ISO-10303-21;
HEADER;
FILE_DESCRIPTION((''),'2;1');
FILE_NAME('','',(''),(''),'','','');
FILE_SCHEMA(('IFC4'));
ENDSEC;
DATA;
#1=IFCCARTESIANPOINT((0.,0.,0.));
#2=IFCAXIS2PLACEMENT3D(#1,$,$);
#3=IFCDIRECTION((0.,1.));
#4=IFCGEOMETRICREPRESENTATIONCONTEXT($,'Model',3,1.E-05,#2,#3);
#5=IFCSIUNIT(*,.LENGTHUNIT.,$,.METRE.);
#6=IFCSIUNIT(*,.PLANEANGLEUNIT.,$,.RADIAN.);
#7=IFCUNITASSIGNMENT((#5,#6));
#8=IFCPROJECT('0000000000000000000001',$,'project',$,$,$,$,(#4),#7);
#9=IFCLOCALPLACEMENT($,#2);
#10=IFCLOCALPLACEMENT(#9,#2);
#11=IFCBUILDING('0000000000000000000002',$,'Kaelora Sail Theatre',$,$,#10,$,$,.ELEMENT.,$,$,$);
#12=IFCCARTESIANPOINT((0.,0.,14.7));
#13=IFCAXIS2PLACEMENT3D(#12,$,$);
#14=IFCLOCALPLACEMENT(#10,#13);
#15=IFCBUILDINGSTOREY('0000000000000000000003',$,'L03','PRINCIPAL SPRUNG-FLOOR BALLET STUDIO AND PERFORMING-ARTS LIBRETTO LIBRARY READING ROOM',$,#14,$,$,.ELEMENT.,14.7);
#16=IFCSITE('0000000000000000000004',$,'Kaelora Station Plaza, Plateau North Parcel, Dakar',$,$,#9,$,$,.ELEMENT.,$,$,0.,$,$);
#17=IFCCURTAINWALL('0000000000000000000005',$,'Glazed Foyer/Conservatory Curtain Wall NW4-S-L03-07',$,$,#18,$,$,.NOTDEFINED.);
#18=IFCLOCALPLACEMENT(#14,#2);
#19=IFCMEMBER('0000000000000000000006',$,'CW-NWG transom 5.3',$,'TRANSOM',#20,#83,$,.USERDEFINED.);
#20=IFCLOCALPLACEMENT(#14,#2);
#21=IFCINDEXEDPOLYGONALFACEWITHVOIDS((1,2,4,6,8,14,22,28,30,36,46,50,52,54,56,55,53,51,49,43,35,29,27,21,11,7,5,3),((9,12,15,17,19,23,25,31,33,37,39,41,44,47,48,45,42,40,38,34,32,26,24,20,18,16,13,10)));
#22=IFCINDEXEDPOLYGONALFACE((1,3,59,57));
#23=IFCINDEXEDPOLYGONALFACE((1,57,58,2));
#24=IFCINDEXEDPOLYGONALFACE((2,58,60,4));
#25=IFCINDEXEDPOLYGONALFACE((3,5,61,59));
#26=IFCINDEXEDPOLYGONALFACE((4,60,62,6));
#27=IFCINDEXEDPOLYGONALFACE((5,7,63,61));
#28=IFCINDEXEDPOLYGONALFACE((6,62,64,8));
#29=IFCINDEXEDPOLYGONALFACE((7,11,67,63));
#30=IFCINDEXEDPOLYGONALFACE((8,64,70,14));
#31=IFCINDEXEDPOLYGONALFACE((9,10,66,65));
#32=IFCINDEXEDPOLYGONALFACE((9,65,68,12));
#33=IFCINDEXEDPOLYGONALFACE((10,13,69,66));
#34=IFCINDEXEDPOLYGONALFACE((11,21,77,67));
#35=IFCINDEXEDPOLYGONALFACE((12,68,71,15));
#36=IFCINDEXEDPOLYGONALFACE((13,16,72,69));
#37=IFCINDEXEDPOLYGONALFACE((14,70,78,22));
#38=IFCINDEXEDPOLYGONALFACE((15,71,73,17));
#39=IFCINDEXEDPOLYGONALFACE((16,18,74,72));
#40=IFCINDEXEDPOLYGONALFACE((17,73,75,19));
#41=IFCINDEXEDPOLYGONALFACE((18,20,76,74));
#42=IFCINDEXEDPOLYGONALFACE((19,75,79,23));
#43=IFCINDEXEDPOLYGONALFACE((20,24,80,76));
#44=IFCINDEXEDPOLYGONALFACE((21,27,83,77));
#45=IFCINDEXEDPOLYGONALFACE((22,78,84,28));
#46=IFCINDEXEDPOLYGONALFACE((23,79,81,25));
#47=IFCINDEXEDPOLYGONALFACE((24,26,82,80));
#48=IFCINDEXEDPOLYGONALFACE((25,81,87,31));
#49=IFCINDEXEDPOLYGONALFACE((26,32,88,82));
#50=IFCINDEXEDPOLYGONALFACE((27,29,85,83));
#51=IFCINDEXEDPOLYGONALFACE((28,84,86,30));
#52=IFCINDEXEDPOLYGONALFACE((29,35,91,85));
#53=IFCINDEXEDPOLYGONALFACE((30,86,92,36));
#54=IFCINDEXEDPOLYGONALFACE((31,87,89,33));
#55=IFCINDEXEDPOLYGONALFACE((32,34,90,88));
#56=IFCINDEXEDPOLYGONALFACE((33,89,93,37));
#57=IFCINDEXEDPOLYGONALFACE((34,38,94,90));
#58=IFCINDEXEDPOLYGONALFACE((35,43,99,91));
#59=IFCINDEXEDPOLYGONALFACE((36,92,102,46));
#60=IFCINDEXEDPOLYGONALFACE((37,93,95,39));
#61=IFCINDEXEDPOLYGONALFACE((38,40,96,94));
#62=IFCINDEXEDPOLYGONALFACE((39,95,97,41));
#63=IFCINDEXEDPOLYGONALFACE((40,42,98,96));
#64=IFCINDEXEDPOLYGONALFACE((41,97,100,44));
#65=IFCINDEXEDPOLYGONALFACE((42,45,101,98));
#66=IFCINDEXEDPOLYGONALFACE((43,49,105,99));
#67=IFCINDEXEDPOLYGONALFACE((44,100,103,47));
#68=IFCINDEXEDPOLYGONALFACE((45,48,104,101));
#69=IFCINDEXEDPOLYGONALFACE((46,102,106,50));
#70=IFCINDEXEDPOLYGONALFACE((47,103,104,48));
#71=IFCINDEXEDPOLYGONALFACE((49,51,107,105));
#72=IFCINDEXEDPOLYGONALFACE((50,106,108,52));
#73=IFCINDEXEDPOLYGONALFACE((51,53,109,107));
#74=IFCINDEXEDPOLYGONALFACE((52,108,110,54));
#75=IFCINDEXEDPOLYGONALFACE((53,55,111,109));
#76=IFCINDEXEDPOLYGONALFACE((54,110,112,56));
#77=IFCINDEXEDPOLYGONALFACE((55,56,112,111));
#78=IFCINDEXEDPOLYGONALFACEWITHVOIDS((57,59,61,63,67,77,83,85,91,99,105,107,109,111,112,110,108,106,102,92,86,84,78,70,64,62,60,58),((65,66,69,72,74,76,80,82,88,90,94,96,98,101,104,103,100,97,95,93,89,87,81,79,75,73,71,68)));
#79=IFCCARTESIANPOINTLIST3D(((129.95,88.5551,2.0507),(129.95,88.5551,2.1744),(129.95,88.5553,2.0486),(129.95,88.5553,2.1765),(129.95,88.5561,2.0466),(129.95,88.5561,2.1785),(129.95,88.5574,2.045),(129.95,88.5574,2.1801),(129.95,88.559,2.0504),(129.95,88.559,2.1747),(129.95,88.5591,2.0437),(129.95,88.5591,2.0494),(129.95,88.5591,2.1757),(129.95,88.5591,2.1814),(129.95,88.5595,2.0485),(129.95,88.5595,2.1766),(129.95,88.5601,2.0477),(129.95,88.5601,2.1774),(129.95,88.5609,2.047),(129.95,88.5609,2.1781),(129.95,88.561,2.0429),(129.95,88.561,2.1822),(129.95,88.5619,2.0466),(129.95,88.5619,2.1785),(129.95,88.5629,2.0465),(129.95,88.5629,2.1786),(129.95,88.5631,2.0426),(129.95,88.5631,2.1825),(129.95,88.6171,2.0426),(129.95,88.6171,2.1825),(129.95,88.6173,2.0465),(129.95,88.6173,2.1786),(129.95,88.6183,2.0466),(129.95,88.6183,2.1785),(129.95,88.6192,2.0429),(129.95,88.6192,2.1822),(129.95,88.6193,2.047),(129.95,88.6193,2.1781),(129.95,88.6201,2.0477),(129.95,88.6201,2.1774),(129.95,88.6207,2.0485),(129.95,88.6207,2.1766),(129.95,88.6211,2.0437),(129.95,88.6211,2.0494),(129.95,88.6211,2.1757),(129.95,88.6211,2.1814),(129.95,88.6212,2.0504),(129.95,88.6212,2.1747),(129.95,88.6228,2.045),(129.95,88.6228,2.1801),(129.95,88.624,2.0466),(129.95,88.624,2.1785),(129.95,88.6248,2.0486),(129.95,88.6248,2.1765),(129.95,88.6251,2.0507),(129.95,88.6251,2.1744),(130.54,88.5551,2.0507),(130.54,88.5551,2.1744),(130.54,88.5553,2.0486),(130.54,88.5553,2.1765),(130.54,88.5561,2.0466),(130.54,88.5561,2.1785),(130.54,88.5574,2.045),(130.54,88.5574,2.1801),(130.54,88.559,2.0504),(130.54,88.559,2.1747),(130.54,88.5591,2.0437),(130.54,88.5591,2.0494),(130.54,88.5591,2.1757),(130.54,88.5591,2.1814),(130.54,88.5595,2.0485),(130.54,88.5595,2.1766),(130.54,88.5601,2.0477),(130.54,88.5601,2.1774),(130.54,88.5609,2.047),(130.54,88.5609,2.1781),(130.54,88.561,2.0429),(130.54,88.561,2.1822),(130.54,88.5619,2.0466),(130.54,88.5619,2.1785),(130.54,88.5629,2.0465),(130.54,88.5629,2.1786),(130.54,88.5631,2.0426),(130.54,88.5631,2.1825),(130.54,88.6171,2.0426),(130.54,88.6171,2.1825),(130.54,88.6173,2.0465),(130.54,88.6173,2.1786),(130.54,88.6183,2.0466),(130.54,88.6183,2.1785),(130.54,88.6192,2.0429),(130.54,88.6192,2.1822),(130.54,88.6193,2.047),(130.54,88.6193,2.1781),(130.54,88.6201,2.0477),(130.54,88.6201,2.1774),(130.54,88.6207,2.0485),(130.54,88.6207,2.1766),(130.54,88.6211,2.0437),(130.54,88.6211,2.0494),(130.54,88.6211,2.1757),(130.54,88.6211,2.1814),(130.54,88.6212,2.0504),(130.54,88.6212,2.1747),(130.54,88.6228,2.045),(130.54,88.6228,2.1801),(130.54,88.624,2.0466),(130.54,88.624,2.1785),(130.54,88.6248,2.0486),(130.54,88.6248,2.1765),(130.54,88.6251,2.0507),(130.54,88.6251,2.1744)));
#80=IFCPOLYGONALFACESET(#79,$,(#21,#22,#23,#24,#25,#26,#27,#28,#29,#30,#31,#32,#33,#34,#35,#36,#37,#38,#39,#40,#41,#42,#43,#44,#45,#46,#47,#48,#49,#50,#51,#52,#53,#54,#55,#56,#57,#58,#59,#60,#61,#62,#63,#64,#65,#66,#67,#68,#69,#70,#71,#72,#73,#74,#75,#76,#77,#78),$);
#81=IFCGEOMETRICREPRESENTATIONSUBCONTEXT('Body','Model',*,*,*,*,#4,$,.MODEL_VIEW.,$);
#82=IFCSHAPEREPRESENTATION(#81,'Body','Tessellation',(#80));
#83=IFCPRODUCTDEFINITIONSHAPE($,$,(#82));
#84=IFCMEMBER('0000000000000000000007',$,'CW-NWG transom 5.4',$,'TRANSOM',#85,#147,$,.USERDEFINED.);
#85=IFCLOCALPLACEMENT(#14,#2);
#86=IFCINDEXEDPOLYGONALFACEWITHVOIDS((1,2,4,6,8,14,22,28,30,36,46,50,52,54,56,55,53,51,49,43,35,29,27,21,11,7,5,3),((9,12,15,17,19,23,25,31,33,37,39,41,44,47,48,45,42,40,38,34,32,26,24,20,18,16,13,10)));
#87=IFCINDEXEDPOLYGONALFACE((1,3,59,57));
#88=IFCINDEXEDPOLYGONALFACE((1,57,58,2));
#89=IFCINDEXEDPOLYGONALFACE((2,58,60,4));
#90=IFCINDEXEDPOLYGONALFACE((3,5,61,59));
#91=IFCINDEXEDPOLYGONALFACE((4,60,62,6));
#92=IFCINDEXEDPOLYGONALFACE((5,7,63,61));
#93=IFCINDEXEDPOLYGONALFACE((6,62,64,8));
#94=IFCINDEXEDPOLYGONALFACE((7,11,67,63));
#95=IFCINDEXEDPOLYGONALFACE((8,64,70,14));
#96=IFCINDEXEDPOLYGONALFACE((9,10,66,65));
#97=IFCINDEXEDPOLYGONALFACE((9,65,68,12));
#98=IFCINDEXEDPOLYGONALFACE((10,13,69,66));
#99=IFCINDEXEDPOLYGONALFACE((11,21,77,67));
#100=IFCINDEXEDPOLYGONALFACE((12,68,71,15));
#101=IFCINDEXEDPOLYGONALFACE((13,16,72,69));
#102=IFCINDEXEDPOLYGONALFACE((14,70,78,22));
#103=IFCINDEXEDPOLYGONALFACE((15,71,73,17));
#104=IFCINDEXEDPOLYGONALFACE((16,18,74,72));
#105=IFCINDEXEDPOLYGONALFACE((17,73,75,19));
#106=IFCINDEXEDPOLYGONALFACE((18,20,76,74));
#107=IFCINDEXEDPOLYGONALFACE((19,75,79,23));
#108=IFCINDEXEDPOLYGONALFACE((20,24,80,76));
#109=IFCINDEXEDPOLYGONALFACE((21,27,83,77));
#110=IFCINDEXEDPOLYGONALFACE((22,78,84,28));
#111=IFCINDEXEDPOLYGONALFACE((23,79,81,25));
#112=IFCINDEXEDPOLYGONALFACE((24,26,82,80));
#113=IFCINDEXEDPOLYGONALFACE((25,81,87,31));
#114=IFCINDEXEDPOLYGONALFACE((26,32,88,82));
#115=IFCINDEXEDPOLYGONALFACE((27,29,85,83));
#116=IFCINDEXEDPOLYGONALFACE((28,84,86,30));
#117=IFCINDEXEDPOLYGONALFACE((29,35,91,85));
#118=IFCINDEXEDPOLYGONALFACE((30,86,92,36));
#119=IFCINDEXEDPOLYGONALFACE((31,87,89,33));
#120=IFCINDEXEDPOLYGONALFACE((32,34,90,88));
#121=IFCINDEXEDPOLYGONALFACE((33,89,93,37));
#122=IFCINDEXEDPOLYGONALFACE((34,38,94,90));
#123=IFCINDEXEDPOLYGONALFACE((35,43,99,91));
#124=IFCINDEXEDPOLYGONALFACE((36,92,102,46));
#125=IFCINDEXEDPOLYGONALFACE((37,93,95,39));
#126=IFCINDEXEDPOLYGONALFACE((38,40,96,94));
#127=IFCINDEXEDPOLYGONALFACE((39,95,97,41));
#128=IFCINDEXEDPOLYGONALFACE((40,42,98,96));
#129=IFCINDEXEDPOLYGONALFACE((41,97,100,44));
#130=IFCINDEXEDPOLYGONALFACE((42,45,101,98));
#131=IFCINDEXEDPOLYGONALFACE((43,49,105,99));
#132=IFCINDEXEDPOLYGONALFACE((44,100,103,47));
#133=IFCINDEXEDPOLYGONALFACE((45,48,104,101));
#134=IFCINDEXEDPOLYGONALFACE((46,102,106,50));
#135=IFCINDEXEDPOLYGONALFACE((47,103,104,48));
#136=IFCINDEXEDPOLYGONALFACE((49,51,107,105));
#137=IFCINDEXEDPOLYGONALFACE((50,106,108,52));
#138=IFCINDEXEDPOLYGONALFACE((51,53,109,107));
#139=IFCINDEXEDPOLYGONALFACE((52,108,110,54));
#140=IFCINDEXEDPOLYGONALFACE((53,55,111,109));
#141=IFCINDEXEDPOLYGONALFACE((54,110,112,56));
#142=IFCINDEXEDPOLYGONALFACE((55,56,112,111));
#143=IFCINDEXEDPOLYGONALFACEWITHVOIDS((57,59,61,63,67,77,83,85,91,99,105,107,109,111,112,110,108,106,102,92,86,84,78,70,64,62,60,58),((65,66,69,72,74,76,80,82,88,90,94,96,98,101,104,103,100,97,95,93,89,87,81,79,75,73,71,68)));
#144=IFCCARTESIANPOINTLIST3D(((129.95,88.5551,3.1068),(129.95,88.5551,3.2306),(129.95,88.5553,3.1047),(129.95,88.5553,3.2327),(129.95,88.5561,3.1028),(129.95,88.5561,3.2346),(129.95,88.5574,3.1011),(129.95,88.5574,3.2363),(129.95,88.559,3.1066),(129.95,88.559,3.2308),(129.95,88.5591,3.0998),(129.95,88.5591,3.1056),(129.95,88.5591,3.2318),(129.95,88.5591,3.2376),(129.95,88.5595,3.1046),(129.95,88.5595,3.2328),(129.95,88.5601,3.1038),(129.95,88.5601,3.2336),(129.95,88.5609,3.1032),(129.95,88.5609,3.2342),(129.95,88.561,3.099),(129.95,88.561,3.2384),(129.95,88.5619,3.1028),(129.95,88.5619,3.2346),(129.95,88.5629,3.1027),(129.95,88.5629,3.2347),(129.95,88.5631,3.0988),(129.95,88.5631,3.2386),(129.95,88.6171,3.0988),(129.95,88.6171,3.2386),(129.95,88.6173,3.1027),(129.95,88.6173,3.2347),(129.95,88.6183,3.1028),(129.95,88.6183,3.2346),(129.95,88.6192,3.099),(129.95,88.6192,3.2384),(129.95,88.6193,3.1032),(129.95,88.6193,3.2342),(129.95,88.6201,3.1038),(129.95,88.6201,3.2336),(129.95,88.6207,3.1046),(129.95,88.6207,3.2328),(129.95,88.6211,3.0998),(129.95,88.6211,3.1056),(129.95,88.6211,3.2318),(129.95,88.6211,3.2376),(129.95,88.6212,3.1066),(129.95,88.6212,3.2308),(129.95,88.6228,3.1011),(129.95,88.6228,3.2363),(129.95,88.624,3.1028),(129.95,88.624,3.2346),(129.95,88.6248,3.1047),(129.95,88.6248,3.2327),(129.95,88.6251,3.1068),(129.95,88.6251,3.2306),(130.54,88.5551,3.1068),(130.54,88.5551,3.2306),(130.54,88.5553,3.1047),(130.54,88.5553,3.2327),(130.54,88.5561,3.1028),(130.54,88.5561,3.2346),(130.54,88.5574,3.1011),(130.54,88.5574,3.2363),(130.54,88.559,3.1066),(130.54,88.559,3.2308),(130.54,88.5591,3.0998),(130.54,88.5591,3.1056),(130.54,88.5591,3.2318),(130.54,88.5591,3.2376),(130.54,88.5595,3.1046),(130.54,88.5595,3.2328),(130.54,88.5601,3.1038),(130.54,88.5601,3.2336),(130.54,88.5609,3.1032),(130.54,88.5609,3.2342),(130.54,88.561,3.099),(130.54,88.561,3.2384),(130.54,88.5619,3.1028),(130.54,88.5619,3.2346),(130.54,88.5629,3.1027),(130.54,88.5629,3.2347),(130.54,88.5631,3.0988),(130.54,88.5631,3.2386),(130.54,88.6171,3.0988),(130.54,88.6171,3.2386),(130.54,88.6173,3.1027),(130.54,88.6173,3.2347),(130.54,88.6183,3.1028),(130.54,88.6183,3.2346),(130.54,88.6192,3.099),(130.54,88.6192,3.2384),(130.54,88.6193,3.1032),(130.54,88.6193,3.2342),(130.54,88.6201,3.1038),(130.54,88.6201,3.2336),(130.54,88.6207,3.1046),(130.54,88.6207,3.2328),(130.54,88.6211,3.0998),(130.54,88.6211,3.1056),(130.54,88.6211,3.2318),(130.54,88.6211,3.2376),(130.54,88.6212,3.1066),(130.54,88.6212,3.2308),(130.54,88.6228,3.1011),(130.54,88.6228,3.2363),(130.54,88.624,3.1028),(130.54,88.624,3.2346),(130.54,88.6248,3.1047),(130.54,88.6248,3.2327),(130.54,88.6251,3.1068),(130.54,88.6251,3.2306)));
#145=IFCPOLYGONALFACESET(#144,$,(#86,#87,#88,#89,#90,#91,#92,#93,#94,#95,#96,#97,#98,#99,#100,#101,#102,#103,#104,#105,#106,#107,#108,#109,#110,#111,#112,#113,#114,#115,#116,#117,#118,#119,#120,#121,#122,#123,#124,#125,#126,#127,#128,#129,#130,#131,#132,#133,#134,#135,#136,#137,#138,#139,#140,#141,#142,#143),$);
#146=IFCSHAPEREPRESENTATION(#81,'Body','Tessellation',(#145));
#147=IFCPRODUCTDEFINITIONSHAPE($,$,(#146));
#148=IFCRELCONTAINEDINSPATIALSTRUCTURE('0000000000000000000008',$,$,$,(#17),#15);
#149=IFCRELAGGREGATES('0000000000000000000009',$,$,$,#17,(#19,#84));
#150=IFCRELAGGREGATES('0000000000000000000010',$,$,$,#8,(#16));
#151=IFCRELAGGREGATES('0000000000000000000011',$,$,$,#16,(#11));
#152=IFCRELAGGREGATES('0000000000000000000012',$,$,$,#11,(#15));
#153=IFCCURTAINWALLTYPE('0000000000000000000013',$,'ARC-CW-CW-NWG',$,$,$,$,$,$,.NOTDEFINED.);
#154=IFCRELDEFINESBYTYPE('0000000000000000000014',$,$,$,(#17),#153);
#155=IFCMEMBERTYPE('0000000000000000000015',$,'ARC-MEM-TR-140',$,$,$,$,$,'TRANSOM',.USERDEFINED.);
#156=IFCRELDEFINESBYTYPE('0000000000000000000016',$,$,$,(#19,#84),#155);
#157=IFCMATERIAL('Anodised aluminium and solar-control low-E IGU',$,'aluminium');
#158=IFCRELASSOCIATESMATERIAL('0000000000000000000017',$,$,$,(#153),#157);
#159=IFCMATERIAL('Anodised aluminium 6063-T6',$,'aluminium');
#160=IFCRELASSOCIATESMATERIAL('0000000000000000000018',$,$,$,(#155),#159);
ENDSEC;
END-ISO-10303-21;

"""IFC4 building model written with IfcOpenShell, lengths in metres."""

from ifc_helpers import new_model, si_unit, direction, frame, origin, origin_2d, place, context, subcontext, project, spatial, hollow_rectangle, extrude, material, material_profile, profile_set, type_object, element, aggregate, save


model = new_model("IFC4")

# Units and contexts
model_context = context("Model", 3, precision=1e-05, world=origin(), true_north=direction((0.0, 1.0)))
body_context = subcontext(model_context, "Body", "Model", "MODEL_VIEW")
ifc_project = project(units=[si_unit("LENGTHUNIT", "METRE"), si_unit("PLANEANGLEUNIT", "RADIAN")], contexts=[model_context])

# Site, building, storey
site_placement = place(None, origin())
site = spatial("IfcSite", under=ifc_project, at=site_placement, Name="Kaelora Station Plaza, Plateau North Parcel, Dakar", CompositionType="ELEMENT", RefElevation=0.0)
building_placement = place(site_placement, origin())
building = spatial("IfcBuilding", under=site, at=building_placement, Name="Kaelora Sail Theatre", CompositionType="ELEMENT")
storey_placement = place(building_placement, frame((0.0, 0.0, 14.7)))
storey = spatial("IfcBuildingStorey", under=building, at=storey_placement, Name="L03", Description="PRINCIPAL SPRUNG-FLOOR BALLET STUDIO AND PERFORMING-ARTS LIBRETTO LIBRARY READING ROOM", CompositionType="ELEMENT", Elevation=14.7)

# Curtain wall, members
ifc_material_1 = material(Name="Anodised aluminium and solar-control low-E IGU", Category="aluminium")
curtain_wall_type = type_object("IfcCurtainWallType", Name="ARC-CW-CW-NWG", PredefinedType="NOTDEFINED", material=ifc_material_1)
curtain_wall_placement = place(storey_placement, origin())
curtain_wall = element("IfcCurtainWall", 1, at=curtain_wall_placement, inside=storey, type_object=curtain_wall_type, Name="Glazed Foyer/Conservatory Curtain Wall NW4-S-L03-07", PredefinedType="NOTDEFINED")
ifc_material_2 = material(Name="Anodised aluminium 6063-T6", Category="aluminium")
ifc_material_profile_1 = material_profile(ifc_material_2, hollow_rectangle(XDim=0.0701, YDim=0.1399, WallThickness=0.0039, InnerFilletRadius=0.0039, OuterFilletRadius=0.0081, at=origin_2d()), Name="ALU-TRAN 70x140x4")
ifc_profile_set_1 = profile_set([ifc_material_profile_1], Name="Anodised aluminium 6063-T6")
member_type_1 = type_object("IfcMemberType", Name="ARC-MEM-TR-140", ElementType="TRANSOM", PredefinedType="USERDEFINED", material=ifc_profile_set_1)
member_1_placement = place(storey_placement, frame((129.95, 88.5901, 2.1125), z_axis=(1.0, 0.0, 0.0), x_axis=(0.0, 1.0, 0.0)))
member_1 = element("IfcMember", 2, at=member_1_placement, type_object=member_type_1, Name="CW-NWG transom 5.3", ObjectType="TRANSOM", PredefinedType="USERDEFINED", context=body_context, shape_type="SweptSolid", body=[
    extrude(hollow_rectangle(XDim=0.0701, YDim=0.1399, WallThickness=0.0039, InnerFilletRadius=0.0039, OuterFilletRadius=0.0081, at=origin_2d()), origin(), (0.0, 0.0, 1.0), 0.5901),
])
member_2_placement = place(storey_placement, frame((129.95, 88.5901, 3.1687), z_axis=(1.0, 0.0, 0.0), x_axis=(0.0, 1.0, 0.0)))
member_2 = element("IfcMember", 3, at=member_2_placement, type_object=member_type_1, Name="CW-NWG transom 5.4", ObjectType="TRANSOM", PredefinedType="USERDEFINED", context=body_context, shape_type="SweptSolid", body=[
    extrude(hollow_rectangle(XDim=0.0701, YDim=0.1399, WallThickness=0.0039, InnerFilletRadius=0.0039, OuterFilletRadius=0.0081, at=origin_2d()), origin(), (0.0, 0.0, 1.0), 0.5901),
])

aggregate(curtain_wall, [member_1, member_2])

save(model, "model.ifc")
